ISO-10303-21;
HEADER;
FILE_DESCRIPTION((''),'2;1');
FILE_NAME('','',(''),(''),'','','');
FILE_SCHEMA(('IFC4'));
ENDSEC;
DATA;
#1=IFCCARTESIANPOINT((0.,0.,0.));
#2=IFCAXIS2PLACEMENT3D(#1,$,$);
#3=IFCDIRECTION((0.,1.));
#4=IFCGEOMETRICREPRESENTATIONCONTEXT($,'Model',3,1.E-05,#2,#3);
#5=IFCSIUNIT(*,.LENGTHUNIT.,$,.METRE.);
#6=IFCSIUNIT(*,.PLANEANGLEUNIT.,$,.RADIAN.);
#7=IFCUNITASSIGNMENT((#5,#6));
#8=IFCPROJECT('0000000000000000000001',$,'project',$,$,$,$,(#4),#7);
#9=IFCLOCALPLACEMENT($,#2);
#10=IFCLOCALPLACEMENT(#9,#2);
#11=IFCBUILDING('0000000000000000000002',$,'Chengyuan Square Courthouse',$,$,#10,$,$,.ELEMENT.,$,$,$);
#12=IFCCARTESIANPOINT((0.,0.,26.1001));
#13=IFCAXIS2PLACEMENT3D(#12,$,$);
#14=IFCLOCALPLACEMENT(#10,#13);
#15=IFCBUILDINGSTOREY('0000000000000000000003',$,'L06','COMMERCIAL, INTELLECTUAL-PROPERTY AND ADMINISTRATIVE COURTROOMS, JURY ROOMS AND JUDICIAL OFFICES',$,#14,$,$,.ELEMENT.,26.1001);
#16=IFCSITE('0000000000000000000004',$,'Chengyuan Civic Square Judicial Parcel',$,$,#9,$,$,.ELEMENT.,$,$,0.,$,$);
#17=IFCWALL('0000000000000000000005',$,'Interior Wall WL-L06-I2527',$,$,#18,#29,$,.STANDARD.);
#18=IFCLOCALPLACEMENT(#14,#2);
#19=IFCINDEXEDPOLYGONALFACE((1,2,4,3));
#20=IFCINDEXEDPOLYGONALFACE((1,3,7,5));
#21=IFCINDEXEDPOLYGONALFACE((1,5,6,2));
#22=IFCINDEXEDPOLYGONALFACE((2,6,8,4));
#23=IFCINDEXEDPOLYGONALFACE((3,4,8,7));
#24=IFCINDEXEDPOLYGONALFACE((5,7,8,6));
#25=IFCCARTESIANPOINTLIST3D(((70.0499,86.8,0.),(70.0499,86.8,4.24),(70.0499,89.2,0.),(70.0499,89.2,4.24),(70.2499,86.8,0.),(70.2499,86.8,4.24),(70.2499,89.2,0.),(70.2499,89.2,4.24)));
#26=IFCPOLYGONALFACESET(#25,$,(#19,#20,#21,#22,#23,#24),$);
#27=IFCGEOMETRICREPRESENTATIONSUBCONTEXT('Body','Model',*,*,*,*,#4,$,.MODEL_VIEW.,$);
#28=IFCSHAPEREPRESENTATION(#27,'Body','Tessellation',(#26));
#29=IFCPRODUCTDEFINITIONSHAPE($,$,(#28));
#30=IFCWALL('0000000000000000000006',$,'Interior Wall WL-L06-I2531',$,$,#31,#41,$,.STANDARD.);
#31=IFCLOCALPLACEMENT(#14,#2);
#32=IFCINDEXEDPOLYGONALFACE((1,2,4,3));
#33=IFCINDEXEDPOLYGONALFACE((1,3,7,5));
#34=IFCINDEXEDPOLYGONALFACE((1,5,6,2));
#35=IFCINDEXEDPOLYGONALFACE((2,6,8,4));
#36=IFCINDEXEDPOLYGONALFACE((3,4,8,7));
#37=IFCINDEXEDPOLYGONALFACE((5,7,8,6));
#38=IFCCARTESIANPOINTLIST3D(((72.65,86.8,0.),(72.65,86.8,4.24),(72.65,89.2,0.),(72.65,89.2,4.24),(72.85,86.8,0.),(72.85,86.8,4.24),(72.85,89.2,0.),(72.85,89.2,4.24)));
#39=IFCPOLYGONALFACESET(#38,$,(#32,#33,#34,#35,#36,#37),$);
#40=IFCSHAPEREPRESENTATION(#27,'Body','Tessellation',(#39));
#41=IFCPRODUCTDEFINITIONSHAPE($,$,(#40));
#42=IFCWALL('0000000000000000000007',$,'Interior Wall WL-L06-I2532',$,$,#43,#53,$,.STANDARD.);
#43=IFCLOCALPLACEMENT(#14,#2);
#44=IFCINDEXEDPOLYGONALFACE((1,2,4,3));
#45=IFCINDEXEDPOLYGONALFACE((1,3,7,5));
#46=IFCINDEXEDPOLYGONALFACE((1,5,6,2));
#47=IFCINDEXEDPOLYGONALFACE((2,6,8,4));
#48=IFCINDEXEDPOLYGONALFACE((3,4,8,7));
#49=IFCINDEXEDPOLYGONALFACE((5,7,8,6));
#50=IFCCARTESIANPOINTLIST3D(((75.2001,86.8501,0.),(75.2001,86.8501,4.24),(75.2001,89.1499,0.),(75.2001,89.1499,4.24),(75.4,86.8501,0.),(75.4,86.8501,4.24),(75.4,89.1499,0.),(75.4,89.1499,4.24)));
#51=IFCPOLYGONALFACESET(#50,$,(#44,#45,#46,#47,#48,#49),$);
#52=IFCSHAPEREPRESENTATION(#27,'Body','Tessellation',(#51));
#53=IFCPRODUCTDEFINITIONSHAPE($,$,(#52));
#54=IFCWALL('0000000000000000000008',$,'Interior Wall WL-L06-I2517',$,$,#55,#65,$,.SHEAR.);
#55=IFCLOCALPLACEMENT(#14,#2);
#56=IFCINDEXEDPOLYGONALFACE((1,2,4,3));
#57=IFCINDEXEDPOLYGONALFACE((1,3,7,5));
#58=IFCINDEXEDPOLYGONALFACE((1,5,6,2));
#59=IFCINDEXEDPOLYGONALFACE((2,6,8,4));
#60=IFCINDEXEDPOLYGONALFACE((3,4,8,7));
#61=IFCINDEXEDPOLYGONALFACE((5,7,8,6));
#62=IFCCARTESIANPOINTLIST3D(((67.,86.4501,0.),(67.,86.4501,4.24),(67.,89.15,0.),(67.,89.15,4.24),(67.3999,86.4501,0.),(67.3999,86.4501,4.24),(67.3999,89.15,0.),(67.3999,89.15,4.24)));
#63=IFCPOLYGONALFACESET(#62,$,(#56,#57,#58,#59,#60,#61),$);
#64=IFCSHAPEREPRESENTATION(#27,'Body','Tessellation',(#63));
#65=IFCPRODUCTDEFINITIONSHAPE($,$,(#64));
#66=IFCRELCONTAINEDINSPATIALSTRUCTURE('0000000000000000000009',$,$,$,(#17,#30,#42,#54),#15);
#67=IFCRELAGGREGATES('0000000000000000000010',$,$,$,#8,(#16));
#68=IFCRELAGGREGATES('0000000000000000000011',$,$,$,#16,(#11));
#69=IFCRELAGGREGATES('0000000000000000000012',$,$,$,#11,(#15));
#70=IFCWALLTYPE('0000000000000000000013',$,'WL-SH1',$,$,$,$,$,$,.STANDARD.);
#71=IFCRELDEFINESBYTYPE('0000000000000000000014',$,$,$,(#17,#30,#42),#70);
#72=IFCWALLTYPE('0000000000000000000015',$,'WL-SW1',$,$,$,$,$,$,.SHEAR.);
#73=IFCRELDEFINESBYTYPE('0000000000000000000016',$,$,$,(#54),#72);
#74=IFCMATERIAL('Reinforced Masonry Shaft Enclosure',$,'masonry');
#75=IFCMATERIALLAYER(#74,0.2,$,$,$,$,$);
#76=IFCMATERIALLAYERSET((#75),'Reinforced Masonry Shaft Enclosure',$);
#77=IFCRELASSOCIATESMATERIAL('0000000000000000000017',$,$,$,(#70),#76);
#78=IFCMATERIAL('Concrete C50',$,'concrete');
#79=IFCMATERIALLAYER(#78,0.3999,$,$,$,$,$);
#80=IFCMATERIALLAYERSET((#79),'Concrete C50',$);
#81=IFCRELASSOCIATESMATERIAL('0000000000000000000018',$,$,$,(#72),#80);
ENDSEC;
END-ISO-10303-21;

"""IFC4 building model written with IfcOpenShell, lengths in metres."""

from ifc_helpers import new_model, si_unit, direction, frame, frame_2d, origin, place, context, subcontext, project, spatial, rectangle, extrude, material, layer, layer_set, type_object, element, save


model = new_model("IFC4")

# Units and contexts
model_context = context("Model", 3, precision=1e-05, world=origin(), true_north=direction((0.0, 1.0)))
body_context = subcontext(model_context, "Body", "Model", "MODEL_VIEW")
ifc_project = project(units=[si_unit("LENGTHUNIT", "METRE"), si_unit("PLANEANGLEUNIT", "RADIAN")], contexts=[model_context])

# Site, building, storey
site_placement = place(None, origin())
site = spatial("IfcSite", under=ifc_project, at=site_placement, Name="Chengyuan Civic Square Judicial Parcel", CompositionType="ELEMENT", RefElevation=0.0)
building_placement = place(site_placement, origin())
building = spatial("IfcBuilding", under=site, at=building_placement, Name="Chengyuan Square Courthouse", CompositionType="ELEMENT")
storey_placement = place(building_placement, frame((0.0, 0.0, 26.1001)))
storey = spatial("IfcBuildingStorey", under=building, at=storey_placement, Name="L06", Description="COMMERCIAL, INTELLECTUAL-PROPERTY AND ADMINISTRATIVE COURTROOMS, JURY ROOMS AND JUDICIAL OFFICES", CompositionType="ELEMENT", Elevation=26.1001)

# Shared definitions
ifc_material_1 = material(Name="Concrete C50", Category="concrete")

# Walls
ifc_material_2 = material(Name="Reinforced Masonry Shaft Enclosure", Category="masonry")
ifc_layer_1 = layer(ifc_material_2, 0.2)
ifc_layer_set_1 = layer_set([ifc_layer_1], Name="Reinforced Masonry Shaft Enclosure")
wall_type_1 = type_object("IfcWallType", Name="WL-SH1", PredefinedType="STANDARD", material=ifc_layer_set_1)
for number, where, z_axis, x_axis, name in (
    (1, (70.1499, 86.8, 0.0), (0.0, 0.0, 1.0), (0.0, 1.0, 0.0), "Interior Wall WL-L06-I2527"),
    (2, (72.75, 86.8, 0.0), (0.0, 0.0, 1.0), (0.0, 1.0, 0.0), "Interior Wall WL-L06-I2531"),
):
    element("IfcWall", number, at=place(storey_placement, frame(where, z_axis=z_axis, x_axis=x_axis)), inside=storey, type_object=wall_type_1, Name=name, PredefinedType="STANDARD", context=body_context, shape_type="SweptSolid", body=[
        extrude(rectangle(XDim=2.3999, YDim=0.2, at=frame_2d((1.2, 0.0))), origin(), (0.0, 0.0, 1.0), 4.24),
    ])
wall_1_placement = place(storey_placement, frame((75.3, 86.8501, 0.0), z_axis=(0.0, 0.0, 1.0), x_axis=(0.0, 1.0, 0.0)))
element("IfcWall", 3, at=wall_1_placement, inside=storey, type_object=wall_type_1, Name="Interior Wall WL-L06-I2532", PredefinedType="STANDARD", context=body_context, shape_type="SweptSolid", body=[
    extrude(rectangle(XDim=2.2998, YDim=0.2, at=frame_2d((1.1499, 0.0))), origin(), (0.0, 0.0, 1.0), 4.24),
])
ifc_layer_2 = layer(ifc_material_1, 0.3999)
ifc_layer_set_2 = layer_set([ifc_layer_2], Name="Concrete C50")
wall_type_2 = type_object("IfcWallType", Name="WL-SW1", PredefinedType="SHEAR", material=ifc_layer_set_2)
wall_2_placement = place(storey_placement, frame((67.2, 86.45, 0.0), z_axis=(0.0, 0.0, 1.0), x_axis=(0.0, 1.0, 0.0)))
element("IfcWall", 4, at=wall_2_placement, inside=storey, type_object=wall_type_2, Name="Interior Wall WL-L06-I2517", PredefinedType="SHEAR", context=body_context, shape_type="SweptSolid", body=[
    extrude(rectangle(XDim=2.7, YDim=0.3999, at=frame_2d((1.3501, 0.0))), origin(), (0.0, 0.0, 1.0), 4.24),
])

save(model, "model.ifc")
